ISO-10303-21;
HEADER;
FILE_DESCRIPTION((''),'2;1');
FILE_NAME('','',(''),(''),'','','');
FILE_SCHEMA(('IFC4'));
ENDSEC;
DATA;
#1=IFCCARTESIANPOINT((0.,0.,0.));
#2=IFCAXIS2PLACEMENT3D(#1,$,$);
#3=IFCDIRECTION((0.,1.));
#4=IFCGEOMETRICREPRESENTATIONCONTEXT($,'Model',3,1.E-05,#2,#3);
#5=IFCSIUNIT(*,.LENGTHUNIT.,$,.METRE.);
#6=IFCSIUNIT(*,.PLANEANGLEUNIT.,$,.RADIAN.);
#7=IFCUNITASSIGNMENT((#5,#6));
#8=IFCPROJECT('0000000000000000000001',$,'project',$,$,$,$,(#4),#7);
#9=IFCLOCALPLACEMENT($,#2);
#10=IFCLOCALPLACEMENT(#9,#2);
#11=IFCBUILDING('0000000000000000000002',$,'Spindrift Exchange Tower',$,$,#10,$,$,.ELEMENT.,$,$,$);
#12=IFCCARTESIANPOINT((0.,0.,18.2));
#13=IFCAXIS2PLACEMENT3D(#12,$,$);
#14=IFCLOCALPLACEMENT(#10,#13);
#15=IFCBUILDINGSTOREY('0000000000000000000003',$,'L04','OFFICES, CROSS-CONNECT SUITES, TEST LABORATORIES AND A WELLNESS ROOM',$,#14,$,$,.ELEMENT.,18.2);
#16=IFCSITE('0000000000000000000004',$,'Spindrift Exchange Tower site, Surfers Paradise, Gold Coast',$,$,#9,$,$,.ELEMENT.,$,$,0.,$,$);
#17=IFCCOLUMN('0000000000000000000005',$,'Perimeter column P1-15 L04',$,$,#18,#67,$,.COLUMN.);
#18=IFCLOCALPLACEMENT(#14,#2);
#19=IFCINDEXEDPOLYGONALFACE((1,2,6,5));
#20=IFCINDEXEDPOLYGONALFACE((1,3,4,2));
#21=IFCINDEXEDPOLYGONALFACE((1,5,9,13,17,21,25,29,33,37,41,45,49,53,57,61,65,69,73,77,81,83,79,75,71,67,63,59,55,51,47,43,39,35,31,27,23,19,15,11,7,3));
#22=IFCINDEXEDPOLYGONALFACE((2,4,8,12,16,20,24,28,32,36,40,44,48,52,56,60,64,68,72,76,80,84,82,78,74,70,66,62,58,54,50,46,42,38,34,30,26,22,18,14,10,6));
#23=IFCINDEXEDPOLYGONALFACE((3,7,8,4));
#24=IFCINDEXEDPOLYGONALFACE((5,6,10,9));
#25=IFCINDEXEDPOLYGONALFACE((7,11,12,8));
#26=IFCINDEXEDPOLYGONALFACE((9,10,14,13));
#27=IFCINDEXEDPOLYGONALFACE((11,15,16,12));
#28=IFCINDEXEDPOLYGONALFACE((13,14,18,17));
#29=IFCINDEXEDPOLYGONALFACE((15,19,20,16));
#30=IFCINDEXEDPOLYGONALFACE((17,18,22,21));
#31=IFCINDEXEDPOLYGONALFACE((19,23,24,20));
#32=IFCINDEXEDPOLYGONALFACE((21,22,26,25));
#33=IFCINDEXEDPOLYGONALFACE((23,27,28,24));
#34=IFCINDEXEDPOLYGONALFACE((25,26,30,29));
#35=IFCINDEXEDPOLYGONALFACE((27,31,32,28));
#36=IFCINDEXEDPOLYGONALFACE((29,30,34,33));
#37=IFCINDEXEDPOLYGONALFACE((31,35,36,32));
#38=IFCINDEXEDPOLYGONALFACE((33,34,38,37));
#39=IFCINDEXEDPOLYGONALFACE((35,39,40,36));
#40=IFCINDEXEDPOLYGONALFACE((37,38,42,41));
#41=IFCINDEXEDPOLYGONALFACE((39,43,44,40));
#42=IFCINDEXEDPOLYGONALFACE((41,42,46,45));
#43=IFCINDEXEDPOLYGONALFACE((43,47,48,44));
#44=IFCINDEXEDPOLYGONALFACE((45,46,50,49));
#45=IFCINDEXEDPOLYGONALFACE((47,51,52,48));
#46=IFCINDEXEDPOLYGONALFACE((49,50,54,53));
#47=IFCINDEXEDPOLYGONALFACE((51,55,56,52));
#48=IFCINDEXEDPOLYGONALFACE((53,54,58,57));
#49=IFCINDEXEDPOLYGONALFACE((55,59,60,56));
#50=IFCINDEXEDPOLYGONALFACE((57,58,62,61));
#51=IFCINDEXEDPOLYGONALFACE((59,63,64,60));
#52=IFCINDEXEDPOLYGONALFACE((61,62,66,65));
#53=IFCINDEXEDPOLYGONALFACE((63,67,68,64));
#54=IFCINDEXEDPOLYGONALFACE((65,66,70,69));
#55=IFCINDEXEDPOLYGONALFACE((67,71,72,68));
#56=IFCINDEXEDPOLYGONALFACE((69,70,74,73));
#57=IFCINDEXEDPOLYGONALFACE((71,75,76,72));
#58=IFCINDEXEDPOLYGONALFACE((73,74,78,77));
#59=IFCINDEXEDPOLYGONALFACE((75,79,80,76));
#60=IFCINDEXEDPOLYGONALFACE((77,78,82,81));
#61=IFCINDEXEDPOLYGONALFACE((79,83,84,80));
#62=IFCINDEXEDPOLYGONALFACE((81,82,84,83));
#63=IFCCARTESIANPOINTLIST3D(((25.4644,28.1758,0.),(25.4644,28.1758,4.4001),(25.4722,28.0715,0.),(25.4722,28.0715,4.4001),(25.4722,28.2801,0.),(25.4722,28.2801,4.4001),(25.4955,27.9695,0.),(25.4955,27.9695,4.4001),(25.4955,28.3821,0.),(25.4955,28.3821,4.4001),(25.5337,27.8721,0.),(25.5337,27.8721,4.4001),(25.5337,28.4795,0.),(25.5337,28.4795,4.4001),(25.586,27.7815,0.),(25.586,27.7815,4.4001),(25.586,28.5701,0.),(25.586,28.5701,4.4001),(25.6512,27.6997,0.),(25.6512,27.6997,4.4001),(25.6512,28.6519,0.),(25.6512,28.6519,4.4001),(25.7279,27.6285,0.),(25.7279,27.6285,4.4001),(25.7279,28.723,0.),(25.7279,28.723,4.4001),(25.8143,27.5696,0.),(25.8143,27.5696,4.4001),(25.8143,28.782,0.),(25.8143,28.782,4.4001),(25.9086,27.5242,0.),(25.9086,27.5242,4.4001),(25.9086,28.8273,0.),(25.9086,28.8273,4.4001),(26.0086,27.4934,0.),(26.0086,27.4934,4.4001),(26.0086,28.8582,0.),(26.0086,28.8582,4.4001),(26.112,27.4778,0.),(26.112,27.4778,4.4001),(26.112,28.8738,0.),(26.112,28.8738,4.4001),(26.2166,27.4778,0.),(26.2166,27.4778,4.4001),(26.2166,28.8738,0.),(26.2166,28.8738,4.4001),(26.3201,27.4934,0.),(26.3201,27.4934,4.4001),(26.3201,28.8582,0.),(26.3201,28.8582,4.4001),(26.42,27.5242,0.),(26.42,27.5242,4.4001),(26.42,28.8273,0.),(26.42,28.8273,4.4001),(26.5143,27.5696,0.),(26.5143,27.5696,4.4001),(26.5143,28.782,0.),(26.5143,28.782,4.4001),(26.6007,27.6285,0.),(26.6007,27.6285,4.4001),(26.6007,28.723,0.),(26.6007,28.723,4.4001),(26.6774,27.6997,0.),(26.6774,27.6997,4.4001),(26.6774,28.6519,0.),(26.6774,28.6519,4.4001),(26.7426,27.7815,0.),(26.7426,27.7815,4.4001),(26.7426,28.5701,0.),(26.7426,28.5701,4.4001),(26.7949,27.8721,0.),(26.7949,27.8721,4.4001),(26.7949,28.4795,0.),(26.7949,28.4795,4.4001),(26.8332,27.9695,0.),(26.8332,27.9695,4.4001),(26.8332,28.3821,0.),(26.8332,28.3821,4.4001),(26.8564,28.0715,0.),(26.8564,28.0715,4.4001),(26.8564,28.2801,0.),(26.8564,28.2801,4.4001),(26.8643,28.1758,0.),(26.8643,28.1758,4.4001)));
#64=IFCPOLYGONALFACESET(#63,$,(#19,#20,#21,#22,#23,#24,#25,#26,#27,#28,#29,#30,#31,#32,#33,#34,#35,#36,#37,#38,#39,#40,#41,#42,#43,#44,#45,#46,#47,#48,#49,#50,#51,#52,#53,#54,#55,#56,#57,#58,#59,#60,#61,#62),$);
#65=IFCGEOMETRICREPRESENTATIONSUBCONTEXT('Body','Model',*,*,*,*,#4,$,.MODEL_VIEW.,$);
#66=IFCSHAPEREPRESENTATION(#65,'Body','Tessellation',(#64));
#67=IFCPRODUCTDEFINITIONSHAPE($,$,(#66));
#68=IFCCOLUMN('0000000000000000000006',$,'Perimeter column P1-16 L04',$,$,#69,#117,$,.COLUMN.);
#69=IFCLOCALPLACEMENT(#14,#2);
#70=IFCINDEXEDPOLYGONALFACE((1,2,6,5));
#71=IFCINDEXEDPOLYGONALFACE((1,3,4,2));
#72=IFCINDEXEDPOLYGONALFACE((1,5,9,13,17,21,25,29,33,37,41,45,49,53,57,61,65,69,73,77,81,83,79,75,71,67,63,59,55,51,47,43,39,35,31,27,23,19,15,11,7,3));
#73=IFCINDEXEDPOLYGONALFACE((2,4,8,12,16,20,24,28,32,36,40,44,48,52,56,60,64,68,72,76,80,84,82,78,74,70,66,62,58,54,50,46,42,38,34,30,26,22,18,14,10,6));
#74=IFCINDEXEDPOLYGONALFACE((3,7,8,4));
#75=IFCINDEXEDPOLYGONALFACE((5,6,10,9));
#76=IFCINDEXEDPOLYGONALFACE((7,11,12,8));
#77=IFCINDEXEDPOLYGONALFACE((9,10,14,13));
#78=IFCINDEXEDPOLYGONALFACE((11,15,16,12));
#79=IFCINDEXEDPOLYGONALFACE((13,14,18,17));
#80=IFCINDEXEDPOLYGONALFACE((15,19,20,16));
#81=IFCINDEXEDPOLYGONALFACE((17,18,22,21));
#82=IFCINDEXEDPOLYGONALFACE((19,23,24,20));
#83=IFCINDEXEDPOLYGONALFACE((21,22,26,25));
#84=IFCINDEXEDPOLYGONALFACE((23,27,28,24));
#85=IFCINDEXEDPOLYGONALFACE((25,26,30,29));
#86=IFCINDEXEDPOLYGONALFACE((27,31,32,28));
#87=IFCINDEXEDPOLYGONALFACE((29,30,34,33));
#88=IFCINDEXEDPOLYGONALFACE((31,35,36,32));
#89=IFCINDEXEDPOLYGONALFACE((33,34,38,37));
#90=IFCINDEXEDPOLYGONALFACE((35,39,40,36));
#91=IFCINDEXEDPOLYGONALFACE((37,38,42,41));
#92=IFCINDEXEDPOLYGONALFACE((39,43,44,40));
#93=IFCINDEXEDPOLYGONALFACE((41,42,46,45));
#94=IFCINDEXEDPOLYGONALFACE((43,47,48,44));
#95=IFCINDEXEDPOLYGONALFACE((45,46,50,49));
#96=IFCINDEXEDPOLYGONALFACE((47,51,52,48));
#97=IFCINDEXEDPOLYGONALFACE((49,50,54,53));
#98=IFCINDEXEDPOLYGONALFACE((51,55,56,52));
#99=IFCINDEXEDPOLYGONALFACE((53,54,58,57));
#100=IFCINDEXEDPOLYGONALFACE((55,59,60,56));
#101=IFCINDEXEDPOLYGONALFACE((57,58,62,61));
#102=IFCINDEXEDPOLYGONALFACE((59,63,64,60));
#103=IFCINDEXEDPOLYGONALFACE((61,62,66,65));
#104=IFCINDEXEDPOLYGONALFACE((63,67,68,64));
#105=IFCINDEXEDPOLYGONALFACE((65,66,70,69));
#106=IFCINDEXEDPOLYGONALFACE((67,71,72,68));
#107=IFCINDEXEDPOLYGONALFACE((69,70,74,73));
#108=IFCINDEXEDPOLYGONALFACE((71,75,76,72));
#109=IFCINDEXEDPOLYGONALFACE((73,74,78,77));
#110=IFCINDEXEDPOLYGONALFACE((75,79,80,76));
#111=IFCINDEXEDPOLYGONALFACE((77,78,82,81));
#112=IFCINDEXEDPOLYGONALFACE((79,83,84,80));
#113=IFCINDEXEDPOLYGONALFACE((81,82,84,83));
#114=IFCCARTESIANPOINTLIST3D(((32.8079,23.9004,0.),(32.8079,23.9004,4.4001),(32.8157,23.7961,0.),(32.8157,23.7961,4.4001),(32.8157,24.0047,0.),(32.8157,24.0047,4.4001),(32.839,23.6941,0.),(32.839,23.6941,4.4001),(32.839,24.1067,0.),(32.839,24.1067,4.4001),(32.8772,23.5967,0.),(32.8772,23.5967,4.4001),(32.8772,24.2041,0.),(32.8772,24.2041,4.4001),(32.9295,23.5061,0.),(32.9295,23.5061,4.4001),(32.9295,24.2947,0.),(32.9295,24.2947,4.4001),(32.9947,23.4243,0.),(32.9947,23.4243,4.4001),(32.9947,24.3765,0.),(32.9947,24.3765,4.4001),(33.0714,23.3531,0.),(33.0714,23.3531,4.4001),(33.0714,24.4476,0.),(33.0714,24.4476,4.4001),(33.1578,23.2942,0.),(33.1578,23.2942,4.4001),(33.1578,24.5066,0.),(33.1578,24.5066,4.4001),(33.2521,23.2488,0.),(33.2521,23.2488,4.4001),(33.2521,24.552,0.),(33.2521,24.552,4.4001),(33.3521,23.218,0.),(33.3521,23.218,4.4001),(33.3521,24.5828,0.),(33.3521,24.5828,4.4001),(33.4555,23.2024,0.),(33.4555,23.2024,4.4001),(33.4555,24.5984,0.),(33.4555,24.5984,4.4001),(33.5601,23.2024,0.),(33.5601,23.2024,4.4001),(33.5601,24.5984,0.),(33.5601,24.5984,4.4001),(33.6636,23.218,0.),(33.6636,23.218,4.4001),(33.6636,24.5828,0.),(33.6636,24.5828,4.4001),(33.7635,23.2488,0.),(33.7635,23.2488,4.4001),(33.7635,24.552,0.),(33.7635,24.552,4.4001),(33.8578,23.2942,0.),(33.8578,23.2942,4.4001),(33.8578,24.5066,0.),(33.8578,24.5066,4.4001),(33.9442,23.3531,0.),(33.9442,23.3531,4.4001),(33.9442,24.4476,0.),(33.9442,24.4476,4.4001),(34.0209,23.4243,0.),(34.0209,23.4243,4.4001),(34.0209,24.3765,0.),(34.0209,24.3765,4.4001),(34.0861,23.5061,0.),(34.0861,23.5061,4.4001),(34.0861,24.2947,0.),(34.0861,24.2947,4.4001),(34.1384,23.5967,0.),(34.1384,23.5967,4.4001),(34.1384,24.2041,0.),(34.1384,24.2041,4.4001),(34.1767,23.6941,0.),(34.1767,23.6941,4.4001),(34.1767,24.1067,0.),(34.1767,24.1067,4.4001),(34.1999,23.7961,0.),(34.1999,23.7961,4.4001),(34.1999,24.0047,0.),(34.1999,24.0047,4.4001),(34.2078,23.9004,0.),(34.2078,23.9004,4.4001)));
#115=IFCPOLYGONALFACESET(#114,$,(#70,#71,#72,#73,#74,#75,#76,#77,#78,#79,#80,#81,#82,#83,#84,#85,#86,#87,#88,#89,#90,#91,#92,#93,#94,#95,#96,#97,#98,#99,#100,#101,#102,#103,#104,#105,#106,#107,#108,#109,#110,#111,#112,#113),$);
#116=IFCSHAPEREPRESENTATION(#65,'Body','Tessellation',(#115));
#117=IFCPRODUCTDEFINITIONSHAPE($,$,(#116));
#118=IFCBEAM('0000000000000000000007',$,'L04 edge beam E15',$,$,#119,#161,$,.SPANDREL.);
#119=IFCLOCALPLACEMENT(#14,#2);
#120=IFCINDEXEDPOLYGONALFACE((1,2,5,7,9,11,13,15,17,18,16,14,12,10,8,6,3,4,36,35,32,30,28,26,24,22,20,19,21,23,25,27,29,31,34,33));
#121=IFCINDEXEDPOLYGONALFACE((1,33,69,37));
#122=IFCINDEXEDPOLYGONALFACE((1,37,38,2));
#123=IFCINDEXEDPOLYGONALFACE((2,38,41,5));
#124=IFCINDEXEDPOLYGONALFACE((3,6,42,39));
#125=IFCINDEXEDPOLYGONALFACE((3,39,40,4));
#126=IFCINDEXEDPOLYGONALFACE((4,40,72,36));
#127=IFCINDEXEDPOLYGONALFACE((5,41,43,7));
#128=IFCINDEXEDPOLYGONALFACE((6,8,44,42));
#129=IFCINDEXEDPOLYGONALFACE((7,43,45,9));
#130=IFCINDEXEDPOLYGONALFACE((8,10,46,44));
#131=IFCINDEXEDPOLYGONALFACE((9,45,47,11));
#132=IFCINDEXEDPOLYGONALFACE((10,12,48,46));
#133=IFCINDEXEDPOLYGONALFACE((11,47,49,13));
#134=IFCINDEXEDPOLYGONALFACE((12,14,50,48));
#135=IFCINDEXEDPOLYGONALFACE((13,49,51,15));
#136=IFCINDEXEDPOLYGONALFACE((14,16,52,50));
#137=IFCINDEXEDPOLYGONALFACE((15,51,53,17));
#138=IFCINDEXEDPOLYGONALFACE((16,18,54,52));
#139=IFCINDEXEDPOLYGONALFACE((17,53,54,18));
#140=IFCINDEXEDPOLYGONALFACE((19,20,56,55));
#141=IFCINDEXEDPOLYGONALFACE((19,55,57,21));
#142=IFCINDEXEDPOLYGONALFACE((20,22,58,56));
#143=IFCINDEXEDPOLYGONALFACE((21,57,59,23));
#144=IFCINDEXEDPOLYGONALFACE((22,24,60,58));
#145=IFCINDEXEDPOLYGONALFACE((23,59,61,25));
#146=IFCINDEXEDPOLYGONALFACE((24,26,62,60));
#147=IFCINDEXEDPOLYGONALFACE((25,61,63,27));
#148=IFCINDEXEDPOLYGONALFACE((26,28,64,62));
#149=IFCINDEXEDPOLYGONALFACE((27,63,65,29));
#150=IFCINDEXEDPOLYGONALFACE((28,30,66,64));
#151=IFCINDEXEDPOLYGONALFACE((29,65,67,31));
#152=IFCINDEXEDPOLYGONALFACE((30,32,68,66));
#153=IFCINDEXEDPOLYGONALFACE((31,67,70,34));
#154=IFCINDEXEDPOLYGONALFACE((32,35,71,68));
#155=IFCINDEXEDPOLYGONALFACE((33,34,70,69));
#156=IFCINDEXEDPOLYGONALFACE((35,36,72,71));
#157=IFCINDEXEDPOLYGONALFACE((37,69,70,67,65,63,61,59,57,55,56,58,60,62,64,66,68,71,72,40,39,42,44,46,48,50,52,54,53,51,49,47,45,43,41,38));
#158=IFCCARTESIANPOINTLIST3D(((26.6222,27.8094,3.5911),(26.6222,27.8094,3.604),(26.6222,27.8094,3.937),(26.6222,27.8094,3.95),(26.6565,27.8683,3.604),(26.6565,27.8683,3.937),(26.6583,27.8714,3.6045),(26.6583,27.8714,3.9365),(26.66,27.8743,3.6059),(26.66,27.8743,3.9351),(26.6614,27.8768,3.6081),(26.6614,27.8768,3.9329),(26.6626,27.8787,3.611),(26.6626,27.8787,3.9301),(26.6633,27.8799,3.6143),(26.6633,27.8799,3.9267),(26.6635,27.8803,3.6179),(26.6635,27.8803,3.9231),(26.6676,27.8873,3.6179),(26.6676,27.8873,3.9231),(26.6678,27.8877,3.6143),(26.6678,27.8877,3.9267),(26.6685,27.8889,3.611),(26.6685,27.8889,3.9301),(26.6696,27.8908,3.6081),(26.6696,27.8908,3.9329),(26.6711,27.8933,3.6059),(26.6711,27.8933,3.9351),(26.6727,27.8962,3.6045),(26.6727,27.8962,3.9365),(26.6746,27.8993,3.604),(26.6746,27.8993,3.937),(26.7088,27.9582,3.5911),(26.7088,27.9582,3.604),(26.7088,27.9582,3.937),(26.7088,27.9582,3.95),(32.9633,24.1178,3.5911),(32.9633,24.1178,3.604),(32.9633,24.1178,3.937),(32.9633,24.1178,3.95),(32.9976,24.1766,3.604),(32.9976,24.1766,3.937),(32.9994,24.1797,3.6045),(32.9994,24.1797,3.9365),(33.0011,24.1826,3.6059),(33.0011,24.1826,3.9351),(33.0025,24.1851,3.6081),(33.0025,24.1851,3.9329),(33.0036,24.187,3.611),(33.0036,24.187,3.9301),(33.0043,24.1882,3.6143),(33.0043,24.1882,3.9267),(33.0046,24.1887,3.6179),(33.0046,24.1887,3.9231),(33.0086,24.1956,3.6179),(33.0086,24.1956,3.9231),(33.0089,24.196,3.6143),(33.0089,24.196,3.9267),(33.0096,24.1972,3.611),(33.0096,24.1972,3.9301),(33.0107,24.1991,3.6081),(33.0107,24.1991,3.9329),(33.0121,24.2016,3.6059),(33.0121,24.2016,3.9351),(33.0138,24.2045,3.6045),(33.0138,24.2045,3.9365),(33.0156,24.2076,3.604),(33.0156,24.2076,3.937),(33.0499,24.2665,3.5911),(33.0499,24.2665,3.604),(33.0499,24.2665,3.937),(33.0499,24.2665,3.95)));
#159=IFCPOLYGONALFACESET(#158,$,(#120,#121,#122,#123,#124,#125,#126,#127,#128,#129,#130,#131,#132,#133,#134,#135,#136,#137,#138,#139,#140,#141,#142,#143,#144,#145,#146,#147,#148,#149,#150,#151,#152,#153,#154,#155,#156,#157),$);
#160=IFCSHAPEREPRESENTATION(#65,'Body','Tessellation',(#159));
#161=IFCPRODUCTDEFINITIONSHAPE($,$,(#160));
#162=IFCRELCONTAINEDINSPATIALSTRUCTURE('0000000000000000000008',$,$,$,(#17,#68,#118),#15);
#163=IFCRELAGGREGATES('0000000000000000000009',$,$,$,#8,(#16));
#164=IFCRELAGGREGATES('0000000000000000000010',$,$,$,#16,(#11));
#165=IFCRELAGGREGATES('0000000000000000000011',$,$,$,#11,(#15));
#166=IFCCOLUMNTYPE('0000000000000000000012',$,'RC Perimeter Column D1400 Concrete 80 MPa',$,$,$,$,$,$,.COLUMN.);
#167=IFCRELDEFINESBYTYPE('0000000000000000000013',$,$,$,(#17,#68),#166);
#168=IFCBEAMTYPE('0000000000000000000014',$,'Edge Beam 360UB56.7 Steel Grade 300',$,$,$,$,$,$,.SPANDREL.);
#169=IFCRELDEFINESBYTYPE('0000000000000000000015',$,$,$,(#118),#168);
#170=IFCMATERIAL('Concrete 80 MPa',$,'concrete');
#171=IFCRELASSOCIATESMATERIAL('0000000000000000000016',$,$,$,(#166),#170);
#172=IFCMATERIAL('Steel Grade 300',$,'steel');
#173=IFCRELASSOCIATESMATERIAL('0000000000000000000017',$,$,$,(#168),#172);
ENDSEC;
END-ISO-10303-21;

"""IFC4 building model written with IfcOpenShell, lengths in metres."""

from ifc_helpers import new_model, si_unit, direction, frame, origin, origin_2d, place, context, subcontext, project, spatial, circle, i_section, extrude, source, transform, mapped, material, material_profile, profile_set, type_object, element, save


model = new_model("IFC4")

# Units and contexts
model_context = context("Model", 3, precision=1e-05, world=origin(), true_north=direction((0.0, 1.0)))
body_context = subcontext(model_context, "Body", "Model", "MODEL_VIEW")
ifc_project = project(units=[si_unit("LENGTHUNIT", "METRE"), si_unit("PLANEANGLEUNIT", "RADIAN")], contexts=[model_context])

# Site, building, storey
site_placement = place(None, origin())
site = spatial("IfcSite", under=ifc_project, at=site_placement, Name="Spindrift Exchange Tower site, Surfers Paradise, Gold Coast", CompositionType="ELEMENT", RefElevation=0.0)
building_placement = place(site_placement, origin())
building = spatial("IfcBuilding", under=site, at=building_placement, Name="Spindrift Exchange Tower", CompositionType="ELEMENT")
storey_placement = place(building_placement, frame((0.0, 0.0, 18.2)))
storey = spatial("IfcBuildingStorey", under=building, at=storey_placement, Name="L04", Description="OFFICES, CROSS-CONNECT SUITES, TEST LABORATORIES AND A WELLNESS ROOM", CompositionType="ELEMENT", Elevation=18.2)

# Columns
ifc_material_1 = material(Name="Concrete 80 MPa", Category="concrete")
ifc_material_profile_1 = material_profile(ifc_material_1, circle(Radius=0.7, at=origin_2d()), Name="RC D1400")
ifc_profile_set_1 = profile_set([ifc_material_profile_1], Name="Concrete 80 MPa")
column_type = type_object("IfcColumnType", Name="RC Perimeter Column D1400 Concrete 80 MPa", PredefinedType="COLUMN", material=ifc_profile_set_1)
shared_shape_1 = source(origin(), body_context, "Body", "SweptSolid", [
    extrude(circle(Radius=0.7, at=origin_2d()), origin(), (0.0, 0.0, 1.0), 4.4001),
])
for number, where, z_axis, x_axis, name in (
    (1, (26.1643, 28.1758, 0.0), (0.0, 0.0, 1.0), (1.0, 0.0, 0.0), "Perimeter column P1-15 L04"),
    (2, (33.5078, 23.9004, 0.0), (0.0, 0.0, 1.0), (1.0, 0.0, 0.0), "Perimeter column P1-16 L04"),
):
    element("IfcColumn", number, at=place(storey_placement, frame(where, z_axis=z_axis, x_axis=x_axis)), inside=storey, type_object=column_type, Name=name, PredefinedType="COLUMN", context=body_context, shape_type="MappedRepresentation", body=[
        mapped(shared_shape_1, transform((0.0, 0.0, 0.0), scale=1.0)),
    ])

# Beam
ifc_material_2 = material(Name="Steel Grade 300", Category="steel")
ifc_material_profile_2 = material_profile(ifc_material_2, i_section(OverallWidth=0.1721, OverallDepth=0.3589, WebThickness=0.0081, FlangeThickness=0.0129, FilletRadius=0.0139, at=origin_2d()), Name="360UB56.7")
ifc_profile_set_2 = profile_set([ifc_material_profile_2], Name="Steel Grade 300")
beam_type = type_object("IfcBeamType", Name="Edge Beam 360UB56.7 Steel Grade 300", PredefinedType="SPANDREL", material=ifc_profile_set_2)
shared_shape_2 = source(origin(), body_context, "Body", "SweptSolid", [
    extrude(i_section(OverallWidth=0.1721, OverallDepth=0.3589, WebThickness=0.0081, FlangeThickness=0.0129, FilletRadius=0.0139, at=origin_2d()), origin(), (0.0, 0.0, 1.0), 7.3374),
])
beam_1_placement = place(storey_placement, frame((26.6655, 27.8838, 3.7705), z_axis=(0.864212, -0.503128, 0.0), x_axis=(0.503128, 0.864212, 0.0)))
element("IfcBeam", 3, at=beam_1_placement, inside=storey, type_object=beam_type, Name="L04 edge beam E15", PredefinedType="SPANDREL", context=body_context, shape_type="MappedRepresentation", body=[
    mapped(shared_shape_2, transform((0.0, 0.0, 0.0), scale=1.0)),
])

save(model, "model.ifc")
